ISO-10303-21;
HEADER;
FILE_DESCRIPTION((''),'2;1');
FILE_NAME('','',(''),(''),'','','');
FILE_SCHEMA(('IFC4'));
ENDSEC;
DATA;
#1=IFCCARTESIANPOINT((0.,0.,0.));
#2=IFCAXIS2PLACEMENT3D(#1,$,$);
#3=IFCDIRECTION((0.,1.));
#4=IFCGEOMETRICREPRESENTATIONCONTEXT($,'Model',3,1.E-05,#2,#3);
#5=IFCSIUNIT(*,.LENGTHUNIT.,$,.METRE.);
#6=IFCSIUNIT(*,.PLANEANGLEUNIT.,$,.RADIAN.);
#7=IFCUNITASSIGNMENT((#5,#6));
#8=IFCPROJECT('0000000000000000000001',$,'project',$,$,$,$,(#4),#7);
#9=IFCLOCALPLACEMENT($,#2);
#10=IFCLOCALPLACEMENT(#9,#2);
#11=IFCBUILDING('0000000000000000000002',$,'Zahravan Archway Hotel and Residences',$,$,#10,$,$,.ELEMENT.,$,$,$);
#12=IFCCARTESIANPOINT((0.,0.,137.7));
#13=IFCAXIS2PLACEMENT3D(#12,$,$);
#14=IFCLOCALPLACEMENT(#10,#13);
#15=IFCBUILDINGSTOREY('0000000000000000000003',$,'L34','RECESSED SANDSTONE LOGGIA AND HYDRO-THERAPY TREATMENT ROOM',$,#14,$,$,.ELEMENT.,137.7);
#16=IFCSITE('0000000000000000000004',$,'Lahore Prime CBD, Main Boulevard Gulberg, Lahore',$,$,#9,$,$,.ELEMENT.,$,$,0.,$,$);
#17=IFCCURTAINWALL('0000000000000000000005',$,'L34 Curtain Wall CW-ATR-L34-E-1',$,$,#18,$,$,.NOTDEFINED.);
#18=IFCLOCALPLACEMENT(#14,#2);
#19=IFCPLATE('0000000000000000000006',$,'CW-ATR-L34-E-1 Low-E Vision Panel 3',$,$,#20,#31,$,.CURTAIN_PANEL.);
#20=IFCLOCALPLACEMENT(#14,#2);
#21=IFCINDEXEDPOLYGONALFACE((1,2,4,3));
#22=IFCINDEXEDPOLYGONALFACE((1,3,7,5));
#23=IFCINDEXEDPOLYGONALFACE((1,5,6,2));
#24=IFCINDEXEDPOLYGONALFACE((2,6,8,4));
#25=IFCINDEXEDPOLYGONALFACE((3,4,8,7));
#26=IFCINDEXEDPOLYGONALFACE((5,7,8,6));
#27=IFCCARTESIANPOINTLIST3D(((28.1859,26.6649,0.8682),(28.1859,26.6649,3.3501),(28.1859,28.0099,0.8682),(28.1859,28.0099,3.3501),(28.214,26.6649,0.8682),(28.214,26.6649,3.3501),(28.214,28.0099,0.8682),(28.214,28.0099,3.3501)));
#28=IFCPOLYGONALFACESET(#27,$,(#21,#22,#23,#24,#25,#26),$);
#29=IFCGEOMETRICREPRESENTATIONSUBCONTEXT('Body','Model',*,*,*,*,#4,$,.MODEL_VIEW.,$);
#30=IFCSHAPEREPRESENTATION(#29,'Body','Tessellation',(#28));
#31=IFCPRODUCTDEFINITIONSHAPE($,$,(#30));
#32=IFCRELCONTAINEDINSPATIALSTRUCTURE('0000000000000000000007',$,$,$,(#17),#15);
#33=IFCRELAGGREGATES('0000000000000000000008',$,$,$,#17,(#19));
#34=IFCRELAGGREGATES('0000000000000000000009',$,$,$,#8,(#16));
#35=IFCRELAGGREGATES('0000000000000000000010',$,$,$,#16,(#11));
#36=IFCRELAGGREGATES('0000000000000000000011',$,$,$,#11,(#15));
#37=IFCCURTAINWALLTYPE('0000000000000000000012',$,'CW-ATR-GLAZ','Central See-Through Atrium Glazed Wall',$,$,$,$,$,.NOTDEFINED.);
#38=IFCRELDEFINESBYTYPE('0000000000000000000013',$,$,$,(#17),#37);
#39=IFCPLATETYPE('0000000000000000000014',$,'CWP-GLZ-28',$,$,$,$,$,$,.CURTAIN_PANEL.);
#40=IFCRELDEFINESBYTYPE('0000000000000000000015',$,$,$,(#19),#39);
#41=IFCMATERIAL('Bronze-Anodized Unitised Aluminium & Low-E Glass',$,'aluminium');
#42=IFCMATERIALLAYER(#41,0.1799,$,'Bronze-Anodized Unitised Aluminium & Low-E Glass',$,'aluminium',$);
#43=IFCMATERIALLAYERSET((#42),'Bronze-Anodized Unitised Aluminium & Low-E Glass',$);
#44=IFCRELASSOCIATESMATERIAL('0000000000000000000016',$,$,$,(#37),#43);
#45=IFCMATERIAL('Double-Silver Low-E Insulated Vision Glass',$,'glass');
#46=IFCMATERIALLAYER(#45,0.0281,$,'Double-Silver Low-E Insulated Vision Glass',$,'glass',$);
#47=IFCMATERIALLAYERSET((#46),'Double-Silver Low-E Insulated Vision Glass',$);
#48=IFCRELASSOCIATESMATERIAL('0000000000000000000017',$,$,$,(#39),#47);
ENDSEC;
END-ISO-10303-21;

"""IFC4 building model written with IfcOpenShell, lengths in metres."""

from ifc_helpers import new_model, si_unit, direction, frame, origin, origin_2d, place, context, subcontext, project, spatial, rectangle, extrude, source, transform, mapped, material, layer, layer_set, type_object, element, aggregate, save


model = new_model("IFC4")

# Units and contexts
model_context = context("Model", 3, precision=1e-05, world=origin(), true_north=direction((0.0, 1.0)))
body_context = subcontext(model_context, "Body", "Model", "MODEL_VIEW")
ifc_project = project(units=[si_unit("LENGTHUNIT", "METRE"), si_unit("PLANEANGLEUNIT", "RADIAN")], contexts=[model_context])

# Site, building, storey
site_placement = place(None, origin())
site = spatial("IfcSite", under=ifc_project, at=site_placement, Name="Lahore Prime CBD, Main Boulevard Gulberg, Lahore", CompositionType="ELEMENT", RefElevation=0.0)
building_placement = place(site_placement, origin())
building = spatial("IfcBuilding", under=site, at=building_placement, Name="Zahravan Archway Hotel and Residences", CompositionType="ELEMENT")
storey_placement = place(building_placement, frame((0.0, 0.0, 137.7)))
storey = spatial("IfcBuildingStorey", under=building, at=storey_placement, Name="L34", Description="RECESSED SANDSTONE LOGGIA AND HYDRO-THERAPY TREATMENT ROOM", CompositionType="ELEMENT", Elevation=137.7)

# Shared definitions
ifc_material_1 = material(Name="Bronze-Anodized Unitised Aluminium & Low-E Glass", Category="aluminium")
ifc_layer_1 = layer(ifc_material_1, 0.1799, Name="Bronze-Anodized Unitised Aluminium & Low-E Glass", Category="aluminium")
ifc_layer_set_1 = layer_set([ifc_layer_1], Name="Bronze-Anodized Unitised Aluminium & Low-E Glass")
curtain_wall_type = type_object("IfcCurtainWallType", Name="CW-ATR-GLAZ", Description="Central See-Through Atrium Glazed Wall", PredefinedType="NOTDEFINED", material=ifc_layer_set_1)

# Curtain wall
curtain_wall_1_placement = place(storey_placement, origin())
curtain_wall_1 = element("IfcCurtainWall", 1, at=curtain_wall_1_placement, inside=storey, type_object=curtain_wall_type, Name="L34 Curtain Wall CW-ATR-L34-E-1", PredefinedType="NOTDEFINED")

# Plate
ifc_material_2 = material(Name="Double-Silver Low-E Insulated Vision Glass", Category="glass")
ifc_layer_2 = layer(ifc_material_2, 0.0281, Name="Double-Silver Low-E Insulated Vision Glass", Category="glass")
ifc_layer_set_2 = layer_set([ifc_layer_2], Name="Double-Silver Low-E Insulated Vision Glass")
plate_type_1 = type_object("IfcPlateType", Name="CWP-GLZ-28", PredefinedType="CURTAIN_PANEL", material=ifc_layer_set_2)
shared_shape_1 = source(origin(), body_context, "Body", "SweptSolid", [
    extrude(rectangle(XDim=1.345, YDim=0.0281, at=origin_2d()), origin(), (0.0, 0.0, 1.0), 2.4819),
])
plate_1_placement = place(storey_placement, frame((28.2, 27.3374, 0.8682), z_axis=(0.0, 0.0, 1.0), x_axis=(0.0, 1.0, 0.0)))
plate_1 = element("IfcPlate", 2, at=plate_1_placement, type_object=plate_type_1, Name="CW-ATR-L34-E-1 Low-E Vision Panel 3", PredefinedType="CURTAIN_PANEL", context=body_context, shape_type="MappedRepresentation", body=[
    mapped(shared_shape_1, transform((0.0, 0.0, 0.0), scale=1.0)),
])
aggregate(curtain_wall_1, [plate_1])

save(model, "model.ifc")
